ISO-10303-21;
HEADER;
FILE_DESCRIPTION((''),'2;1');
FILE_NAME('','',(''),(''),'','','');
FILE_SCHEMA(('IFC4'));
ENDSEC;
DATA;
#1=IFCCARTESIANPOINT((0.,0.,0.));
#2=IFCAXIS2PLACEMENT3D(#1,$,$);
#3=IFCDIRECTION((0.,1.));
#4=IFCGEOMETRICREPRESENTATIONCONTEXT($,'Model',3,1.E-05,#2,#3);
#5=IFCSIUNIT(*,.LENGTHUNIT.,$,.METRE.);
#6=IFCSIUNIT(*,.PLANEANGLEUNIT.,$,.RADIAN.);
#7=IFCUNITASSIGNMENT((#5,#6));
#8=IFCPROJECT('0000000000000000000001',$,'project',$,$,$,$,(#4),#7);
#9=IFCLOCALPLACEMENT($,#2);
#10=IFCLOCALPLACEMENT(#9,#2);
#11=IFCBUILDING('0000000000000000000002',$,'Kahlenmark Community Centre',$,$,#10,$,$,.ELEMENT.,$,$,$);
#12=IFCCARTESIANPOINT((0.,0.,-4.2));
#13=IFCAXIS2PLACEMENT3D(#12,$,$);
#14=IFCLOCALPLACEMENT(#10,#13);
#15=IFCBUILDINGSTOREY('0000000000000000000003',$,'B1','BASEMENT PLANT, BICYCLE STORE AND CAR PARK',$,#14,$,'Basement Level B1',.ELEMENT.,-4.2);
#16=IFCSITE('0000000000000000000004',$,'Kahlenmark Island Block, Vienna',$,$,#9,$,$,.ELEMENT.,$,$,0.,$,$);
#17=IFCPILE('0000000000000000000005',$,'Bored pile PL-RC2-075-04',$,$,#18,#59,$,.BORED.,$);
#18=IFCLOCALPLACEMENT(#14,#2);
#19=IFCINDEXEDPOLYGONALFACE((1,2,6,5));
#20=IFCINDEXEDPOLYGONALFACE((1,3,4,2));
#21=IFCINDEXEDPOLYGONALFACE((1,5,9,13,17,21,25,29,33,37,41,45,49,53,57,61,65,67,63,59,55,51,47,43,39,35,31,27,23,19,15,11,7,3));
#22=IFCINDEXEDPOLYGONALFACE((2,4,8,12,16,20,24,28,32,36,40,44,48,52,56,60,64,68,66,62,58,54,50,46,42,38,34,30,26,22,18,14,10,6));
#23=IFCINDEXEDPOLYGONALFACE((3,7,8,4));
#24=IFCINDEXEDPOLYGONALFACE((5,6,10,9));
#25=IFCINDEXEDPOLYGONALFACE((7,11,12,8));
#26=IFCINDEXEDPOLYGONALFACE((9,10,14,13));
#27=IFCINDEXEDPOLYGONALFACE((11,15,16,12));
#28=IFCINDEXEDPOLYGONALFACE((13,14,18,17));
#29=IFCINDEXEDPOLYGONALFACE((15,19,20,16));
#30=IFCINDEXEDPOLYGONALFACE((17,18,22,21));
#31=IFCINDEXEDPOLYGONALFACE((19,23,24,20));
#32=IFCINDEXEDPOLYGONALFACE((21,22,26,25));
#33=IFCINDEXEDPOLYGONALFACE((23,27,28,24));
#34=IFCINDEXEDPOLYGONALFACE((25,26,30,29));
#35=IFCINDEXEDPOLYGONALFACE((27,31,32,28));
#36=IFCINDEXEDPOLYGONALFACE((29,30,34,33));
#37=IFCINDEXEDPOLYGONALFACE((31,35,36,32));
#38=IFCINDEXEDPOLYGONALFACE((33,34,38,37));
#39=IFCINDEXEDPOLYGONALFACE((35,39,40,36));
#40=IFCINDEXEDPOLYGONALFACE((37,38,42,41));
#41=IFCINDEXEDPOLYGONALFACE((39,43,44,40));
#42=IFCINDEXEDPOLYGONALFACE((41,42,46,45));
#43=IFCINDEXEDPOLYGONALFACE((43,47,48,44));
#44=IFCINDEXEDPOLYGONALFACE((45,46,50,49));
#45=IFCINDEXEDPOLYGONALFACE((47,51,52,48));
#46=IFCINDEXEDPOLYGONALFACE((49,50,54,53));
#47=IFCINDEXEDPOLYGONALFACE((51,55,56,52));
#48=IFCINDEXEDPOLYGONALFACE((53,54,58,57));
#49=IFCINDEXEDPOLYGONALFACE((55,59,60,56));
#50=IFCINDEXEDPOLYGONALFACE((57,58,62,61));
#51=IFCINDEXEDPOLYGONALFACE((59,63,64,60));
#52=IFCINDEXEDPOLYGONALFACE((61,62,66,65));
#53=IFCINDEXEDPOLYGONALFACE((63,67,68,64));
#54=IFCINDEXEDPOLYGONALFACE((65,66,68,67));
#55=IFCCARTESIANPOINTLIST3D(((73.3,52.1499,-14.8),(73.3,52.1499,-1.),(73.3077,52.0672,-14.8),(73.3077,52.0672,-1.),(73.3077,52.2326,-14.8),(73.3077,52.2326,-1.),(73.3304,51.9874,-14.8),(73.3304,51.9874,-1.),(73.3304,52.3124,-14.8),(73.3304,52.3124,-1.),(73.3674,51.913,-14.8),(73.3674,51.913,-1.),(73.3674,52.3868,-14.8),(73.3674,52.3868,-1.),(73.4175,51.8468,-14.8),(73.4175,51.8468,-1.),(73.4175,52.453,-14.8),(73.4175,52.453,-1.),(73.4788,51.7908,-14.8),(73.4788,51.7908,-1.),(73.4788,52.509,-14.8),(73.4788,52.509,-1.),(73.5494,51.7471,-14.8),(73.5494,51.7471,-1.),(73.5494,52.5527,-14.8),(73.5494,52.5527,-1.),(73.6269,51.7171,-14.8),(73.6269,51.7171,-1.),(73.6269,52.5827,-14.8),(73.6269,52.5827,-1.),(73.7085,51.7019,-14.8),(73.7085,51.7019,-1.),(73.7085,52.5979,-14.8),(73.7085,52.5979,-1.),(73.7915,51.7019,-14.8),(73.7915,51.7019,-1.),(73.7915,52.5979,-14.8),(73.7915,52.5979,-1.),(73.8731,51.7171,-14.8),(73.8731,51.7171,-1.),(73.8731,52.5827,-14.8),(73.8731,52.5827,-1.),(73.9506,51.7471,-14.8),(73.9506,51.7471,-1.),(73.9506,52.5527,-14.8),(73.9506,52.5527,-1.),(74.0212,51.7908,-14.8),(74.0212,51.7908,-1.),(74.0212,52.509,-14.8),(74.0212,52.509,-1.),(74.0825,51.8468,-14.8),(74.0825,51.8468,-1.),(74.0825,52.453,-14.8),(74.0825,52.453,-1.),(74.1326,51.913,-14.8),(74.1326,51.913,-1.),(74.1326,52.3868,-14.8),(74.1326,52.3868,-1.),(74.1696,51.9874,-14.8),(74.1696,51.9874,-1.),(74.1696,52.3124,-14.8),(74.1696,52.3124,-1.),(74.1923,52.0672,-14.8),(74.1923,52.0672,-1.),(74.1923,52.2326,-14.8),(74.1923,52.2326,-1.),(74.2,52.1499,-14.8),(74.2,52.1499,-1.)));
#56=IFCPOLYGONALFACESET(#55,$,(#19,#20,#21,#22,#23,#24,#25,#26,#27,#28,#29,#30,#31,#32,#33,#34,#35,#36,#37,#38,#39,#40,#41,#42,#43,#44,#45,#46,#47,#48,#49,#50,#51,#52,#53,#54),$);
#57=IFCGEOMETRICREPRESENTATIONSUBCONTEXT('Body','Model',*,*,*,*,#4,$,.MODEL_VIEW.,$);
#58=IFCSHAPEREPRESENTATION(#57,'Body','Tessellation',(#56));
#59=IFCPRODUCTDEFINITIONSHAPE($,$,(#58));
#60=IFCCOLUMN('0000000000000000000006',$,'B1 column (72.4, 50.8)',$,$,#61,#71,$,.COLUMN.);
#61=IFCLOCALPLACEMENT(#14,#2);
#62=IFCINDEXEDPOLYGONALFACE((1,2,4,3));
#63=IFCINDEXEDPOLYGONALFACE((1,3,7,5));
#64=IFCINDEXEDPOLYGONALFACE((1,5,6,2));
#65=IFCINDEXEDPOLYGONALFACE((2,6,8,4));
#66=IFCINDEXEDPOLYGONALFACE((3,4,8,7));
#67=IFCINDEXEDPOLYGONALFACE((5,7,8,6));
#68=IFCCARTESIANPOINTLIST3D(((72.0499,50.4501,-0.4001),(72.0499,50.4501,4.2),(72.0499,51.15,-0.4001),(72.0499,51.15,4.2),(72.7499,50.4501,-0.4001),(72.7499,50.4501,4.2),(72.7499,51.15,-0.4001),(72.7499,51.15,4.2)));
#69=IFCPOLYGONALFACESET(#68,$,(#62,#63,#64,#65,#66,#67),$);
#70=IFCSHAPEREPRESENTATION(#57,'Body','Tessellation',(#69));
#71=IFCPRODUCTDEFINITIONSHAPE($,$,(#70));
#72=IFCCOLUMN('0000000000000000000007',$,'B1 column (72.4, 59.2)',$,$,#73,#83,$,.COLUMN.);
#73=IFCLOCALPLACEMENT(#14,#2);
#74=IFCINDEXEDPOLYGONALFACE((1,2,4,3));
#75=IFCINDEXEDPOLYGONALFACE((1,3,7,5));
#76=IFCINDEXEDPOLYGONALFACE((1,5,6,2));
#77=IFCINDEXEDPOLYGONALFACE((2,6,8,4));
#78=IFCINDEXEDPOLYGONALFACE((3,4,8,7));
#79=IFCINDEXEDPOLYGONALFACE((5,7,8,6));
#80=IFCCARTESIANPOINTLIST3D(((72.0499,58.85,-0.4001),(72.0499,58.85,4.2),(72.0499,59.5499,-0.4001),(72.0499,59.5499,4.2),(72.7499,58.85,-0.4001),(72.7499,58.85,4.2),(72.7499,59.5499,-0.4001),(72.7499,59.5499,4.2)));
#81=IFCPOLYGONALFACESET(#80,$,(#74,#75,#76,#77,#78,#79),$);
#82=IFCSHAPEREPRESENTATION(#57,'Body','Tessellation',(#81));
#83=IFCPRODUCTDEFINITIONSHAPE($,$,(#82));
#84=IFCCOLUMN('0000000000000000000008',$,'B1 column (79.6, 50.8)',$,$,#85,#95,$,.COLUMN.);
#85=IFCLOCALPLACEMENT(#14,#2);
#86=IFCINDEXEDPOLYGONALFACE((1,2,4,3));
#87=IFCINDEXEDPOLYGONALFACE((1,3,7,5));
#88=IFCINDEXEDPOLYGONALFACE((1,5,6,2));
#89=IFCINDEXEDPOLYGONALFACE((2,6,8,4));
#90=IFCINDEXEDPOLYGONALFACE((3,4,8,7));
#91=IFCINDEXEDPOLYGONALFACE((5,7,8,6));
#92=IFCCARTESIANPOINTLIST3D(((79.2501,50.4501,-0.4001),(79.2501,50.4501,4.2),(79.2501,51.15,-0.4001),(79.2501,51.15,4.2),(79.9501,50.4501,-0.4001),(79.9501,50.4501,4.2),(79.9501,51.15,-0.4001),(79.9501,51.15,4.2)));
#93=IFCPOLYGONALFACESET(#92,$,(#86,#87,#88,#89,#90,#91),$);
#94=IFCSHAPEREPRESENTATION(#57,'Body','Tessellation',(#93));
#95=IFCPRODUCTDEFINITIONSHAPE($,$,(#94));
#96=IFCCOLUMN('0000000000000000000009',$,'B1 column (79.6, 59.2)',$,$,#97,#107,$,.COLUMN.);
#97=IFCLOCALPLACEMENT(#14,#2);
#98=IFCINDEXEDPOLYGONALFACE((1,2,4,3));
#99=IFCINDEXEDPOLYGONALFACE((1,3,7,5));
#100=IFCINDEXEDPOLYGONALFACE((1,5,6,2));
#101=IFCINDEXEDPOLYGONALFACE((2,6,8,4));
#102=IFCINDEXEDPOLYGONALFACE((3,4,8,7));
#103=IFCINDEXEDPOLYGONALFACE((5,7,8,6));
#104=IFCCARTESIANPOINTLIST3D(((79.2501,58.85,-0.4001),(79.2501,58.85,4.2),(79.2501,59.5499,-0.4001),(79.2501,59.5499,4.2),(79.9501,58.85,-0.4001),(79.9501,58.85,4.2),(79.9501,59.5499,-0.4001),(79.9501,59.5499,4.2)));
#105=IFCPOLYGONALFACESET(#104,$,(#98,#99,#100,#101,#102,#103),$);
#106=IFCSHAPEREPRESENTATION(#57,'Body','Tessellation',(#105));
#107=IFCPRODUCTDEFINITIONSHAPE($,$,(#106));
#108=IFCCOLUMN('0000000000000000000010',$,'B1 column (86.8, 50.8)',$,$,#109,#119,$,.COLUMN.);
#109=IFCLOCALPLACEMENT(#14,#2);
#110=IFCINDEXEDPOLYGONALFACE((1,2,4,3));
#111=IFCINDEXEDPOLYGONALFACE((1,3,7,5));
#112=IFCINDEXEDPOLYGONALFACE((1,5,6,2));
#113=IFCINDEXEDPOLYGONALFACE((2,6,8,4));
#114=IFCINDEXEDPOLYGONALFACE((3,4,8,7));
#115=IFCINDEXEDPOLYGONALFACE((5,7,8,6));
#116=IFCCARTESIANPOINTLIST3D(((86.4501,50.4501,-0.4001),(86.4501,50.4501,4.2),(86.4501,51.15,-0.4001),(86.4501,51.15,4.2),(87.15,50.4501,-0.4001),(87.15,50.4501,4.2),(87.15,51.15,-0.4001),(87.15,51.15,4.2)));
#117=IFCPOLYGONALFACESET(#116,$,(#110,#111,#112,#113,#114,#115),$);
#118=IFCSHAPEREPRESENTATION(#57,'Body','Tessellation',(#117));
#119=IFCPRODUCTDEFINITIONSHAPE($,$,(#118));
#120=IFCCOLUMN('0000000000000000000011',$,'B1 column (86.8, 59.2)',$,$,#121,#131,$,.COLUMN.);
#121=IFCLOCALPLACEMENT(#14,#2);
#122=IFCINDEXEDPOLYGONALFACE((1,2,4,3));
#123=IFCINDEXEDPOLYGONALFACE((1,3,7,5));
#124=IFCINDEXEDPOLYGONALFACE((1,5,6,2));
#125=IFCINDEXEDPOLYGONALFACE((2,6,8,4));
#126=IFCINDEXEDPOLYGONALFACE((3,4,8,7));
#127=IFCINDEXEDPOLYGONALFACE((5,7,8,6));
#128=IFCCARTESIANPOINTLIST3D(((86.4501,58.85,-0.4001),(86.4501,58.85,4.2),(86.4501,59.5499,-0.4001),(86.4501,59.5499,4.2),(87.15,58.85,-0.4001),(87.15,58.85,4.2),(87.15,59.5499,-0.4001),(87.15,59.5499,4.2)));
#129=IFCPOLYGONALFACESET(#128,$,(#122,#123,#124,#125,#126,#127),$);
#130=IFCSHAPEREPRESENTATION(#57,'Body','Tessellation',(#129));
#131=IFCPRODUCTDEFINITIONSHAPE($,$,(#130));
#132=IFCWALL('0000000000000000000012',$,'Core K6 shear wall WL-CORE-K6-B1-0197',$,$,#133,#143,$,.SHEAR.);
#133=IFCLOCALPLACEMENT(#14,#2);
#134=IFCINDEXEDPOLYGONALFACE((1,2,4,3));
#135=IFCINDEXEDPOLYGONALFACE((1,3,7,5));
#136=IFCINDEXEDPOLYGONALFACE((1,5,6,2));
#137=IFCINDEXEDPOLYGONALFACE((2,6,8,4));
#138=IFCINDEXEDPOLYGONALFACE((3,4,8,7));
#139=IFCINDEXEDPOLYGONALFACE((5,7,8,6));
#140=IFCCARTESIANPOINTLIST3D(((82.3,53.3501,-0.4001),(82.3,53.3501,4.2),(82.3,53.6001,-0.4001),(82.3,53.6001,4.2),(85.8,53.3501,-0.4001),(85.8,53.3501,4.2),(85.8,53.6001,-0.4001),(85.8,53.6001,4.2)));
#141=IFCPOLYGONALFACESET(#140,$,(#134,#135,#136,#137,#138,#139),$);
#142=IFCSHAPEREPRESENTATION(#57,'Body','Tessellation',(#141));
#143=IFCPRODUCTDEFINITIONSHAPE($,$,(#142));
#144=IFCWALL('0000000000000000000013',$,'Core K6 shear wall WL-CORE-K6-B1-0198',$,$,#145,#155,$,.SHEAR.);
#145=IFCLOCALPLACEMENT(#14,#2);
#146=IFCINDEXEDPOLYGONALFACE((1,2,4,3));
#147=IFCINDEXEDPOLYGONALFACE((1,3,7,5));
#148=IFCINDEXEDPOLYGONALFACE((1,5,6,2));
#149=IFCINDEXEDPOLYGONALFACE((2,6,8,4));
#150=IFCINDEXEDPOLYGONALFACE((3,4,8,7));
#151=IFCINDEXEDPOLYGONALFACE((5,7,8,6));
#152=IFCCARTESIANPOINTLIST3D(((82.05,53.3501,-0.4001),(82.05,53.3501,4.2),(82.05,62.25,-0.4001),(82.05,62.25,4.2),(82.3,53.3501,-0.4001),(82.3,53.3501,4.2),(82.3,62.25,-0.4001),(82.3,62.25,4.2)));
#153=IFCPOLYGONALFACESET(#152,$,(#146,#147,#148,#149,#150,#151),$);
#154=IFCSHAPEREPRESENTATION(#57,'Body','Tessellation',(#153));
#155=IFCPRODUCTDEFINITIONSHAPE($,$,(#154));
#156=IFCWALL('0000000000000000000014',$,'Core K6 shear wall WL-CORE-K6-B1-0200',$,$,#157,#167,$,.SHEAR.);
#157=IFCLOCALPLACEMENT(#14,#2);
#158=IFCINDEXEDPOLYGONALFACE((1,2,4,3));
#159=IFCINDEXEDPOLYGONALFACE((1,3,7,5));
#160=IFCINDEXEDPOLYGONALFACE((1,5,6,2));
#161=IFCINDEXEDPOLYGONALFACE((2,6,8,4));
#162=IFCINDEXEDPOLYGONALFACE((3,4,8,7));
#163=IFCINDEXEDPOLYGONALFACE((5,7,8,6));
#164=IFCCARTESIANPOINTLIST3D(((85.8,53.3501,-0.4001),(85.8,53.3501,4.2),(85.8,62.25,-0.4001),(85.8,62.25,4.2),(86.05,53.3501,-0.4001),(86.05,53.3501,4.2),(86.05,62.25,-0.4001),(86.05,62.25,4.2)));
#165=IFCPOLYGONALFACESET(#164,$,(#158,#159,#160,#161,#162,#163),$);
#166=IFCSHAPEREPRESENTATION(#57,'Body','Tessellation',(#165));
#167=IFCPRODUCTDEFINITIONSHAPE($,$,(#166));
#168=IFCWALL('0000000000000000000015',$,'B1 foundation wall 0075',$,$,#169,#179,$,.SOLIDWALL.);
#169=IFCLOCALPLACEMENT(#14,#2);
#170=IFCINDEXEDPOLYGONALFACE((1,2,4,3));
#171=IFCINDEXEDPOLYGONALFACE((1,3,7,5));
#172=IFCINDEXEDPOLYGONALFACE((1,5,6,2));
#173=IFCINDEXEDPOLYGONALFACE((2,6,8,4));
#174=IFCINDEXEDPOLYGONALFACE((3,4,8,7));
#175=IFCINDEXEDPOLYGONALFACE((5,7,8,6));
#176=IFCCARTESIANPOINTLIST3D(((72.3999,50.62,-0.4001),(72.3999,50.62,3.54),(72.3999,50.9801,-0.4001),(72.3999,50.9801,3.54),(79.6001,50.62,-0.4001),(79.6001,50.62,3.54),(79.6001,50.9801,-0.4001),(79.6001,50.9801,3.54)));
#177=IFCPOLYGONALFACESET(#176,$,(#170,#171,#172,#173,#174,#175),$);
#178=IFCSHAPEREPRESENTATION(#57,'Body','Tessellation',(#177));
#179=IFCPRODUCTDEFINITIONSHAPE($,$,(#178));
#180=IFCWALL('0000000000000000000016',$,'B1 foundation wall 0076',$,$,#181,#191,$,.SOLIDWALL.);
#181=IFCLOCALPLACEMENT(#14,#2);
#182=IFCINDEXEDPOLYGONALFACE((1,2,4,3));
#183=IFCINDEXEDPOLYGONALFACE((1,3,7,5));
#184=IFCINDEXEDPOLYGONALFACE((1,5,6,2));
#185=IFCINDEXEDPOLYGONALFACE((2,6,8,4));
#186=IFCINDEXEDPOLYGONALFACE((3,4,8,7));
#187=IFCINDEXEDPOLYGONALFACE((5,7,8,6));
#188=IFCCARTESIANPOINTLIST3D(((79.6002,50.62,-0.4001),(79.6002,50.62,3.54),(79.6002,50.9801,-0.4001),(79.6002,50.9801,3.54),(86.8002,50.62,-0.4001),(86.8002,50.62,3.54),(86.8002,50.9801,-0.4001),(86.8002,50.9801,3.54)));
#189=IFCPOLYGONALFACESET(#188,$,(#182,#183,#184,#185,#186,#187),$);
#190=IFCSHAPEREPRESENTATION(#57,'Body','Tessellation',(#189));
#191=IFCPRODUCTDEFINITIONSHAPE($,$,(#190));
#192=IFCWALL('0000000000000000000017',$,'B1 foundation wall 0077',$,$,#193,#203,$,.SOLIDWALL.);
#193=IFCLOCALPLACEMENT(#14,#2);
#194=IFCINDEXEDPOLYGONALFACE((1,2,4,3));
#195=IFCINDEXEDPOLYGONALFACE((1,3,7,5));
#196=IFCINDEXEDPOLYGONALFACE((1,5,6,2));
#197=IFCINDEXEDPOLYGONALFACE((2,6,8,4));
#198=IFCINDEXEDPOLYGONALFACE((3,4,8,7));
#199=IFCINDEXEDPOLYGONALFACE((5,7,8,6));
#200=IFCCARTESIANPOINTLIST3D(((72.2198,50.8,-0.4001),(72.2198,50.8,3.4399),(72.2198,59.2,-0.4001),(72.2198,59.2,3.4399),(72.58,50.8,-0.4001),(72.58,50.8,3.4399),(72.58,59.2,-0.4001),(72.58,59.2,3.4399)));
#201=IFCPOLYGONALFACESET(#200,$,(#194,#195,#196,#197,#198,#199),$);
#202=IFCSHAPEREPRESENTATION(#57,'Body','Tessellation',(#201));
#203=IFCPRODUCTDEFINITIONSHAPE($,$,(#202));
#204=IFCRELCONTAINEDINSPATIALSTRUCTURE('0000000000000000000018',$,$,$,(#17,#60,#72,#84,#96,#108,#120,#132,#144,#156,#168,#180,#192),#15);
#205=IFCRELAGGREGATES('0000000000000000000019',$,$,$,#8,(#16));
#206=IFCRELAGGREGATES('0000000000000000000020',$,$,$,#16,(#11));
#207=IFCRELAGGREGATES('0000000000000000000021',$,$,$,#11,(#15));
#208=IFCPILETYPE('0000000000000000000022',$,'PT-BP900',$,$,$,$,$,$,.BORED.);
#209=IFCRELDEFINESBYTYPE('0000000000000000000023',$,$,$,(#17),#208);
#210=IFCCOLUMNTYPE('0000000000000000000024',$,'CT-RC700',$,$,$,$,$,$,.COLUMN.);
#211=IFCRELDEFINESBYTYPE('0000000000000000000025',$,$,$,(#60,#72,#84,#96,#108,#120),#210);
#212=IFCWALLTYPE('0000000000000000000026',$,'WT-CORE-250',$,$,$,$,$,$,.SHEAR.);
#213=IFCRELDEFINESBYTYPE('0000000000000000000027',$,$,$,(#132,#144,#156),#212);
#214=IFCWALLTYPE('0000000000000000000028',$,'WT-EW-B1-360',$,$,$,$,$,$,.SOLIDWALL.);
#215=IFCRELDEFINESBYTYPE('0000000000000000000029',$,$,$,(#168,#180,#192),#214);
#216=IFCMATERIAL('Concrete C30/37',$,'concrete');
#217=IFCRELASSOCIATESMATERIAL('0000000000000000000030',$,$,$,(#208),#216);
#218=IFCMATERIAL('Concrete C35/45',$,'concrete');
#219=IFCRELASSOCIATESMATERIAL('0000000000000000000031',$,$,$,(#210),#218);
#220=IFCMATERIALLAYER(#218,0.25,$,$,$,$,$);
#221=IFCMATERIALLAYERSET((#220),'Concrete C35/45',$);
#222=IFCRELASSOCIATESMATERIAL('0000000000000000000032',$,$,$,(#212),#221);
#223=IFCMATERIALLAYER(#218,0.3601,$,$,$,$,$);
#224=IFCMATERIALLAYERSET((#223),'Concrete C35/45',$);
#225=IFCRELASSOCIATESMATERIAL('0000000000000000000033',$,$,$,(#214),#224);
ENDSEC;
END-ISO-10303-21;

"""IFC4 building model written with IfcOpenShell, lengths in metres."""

from ifc_helpers import new_model, si_unit, direction, frame, frame_2d, origin, origin_2d, place, context, subcontext, project, spatial, rectangle, circle, extrude, material, layer, layer_set, material_profile, profile_set, type_object, element, save


model = new_model("IFC4")

# Units and contexts
model_context = context("Model", 3, precision=1e-05, world=origin(), true_north=direction((0.0, 1.0)))
body_context = subcontext(model_context, "Body", "Model", "MODEL_VIEW")
ifc_project = project(units=[si_unit("LENGTHUNIT", "METRE"), si_unit("PLANEANGLEUNIT", "RADIAN")], contexts=[model_context])

# Site, building, storey
site_placement = place(None, origin())
site = spatial("IfcSite", under=ifc_project, at=site_placement, Name="Kahlenmark Island Block, Vienna", CompositionType="ELEMENT", RefElevation=0.0)
building_placement = place(site_placement, origin())
building = spatial("IfcBuilding", under=site, at=building_placement, Name="Kahlenmark Community Centre", CompositionType="ELEMENT")
storey_placement = place(building_placement, frame((0.0, 0.0, -4.2)))
storey = spatial("IfcBuildingStorey", under=building, at=storey_placement, Name="B1", Description="BASEMENT PLANT, BICYCLE STORE AND CAR PARK", LongName="Basement Level B1", CompositionType="ELEMENT", Elevation=-4.2)

# Shared definitions
ifc_material_1 = material(Name="Concrete C30/37", Category="concrete")

# Pile
ifc_material_profile_1 = material_profile(ifc_material_1, circle(Radius=0.45, at=origin_2d()), Name="BORED PILE 900")
ifc_profile_set_1 = profile_set([ifc_material_profile_1], Name="Concrete C30/37")
pile_type_1 = type_object("IfcPileType", Name="PT-BP900", PredefinedType="BORED", material=ifc_profile_set_1)
for number, where, z_axis, x_axis, name in (
    (1, (73.75, 52.1499, -1.0), (0.0, 0.0, -1.0), (1.0, 0.0, 0.0), "Bored pile PL-RC2-075-04"),
):
    element("IfcPile", number, at=place(storey_placement, frame(where, z_axis=z_axis, x_axis=x_axis)), inside=storey, type_object=pile_type_1, Name=name, PredefinedType="BORED", context=body_context, shape_type="SweptSolid", body=[
        extrude(circle(Radius=0.45, at=origin_2d()), origin(), (0.0, 0.0, 1.0), 13.8),
    ])

# Columns
ifc_material_2 = material(Name="Concrete C35/45", Category="concrete")
ifc_material_profile_2 = material_profile(ifc_material_2, rectangle(XDim=0.7, YDim=0.7, at=origin_2d()), Name="RC 700x700")
ifc_profile_set_2 = profile_set([ifc_material_profile_2], Name="Concrete C35/45")
column_type = type_object("IfcColumnType", Name="CT-RC700", PredefinedType="COLUMN", material=ifc_profile_set_2)
for number, where, z_axis, x_axis, name in (
    (2, (72.3999, 50.8, -0.4001), (0.0, 0.0, 1.0), (1.0, 0.0, 0.0), "B1 column (72.4, 50.8)"),
    (3, (72.3999, 59.2, -0.4001), (0.0, 0.0, 1.0), (1.0, 0.0, 0.0), "B1 column (72.4, 59.2)"),
    (4, (79.6001, 50.8, -0.4001), (0.0, 0.0, 1.0), (1.0, 0.0, 0.0), "B1 column (79.6, 50.8)"),
    (5, (79.6001, 59.2, -0.4001), (0.0, 0.0, 1.0), (1.0, 0.0, 0.0), "B1 column (79.6, 59.2)"),
    (6, (86.8, 50.8, -0.4001), (0.0, 0.0, 1.0), (1.0, 0.0, 0.0), "B1 column (86.8, 50.8)"),
    (7, (86.8, 59.2, -0.4001), (0.0, 0.0, 1.0), (1.0, 0.0, 0.0), "B1 column (86.8, 59.2)"),
):
    element("IfcColumn", number, at=place(storey_placement, frame(where, z_axis=z_axis, x_axis=x_axis)), inside=storey, type_object=column_type, Name=name, PredefinedType="COLUMN", context=body_context, shape_type="SweptSolid", body=[
        extrude(rectangle(XDim=0.7, YDim=0.7, at=origin_2d()), origin(), (0.0, 0.0, 1.0), 4.6001),
    ])

# Walls
ifc_layer_1 = layer(ifc_material_2, 0.25)
ifc_layer_set_1 = layer_set([ifc_layer_1], Name="Concrete C35/45")
wall_type_1 = type_object("IfcWallType", Name="WT-CORE-250", PredefinedType="SHEAR", material=ifc_layer_set_1)
wall_1_placement = place(storey_placement, frame((82.3, 53.4751, -0.4001), z_axis=(0.0, 0.0, 1.0), x_axis=(1.0, 0.0, 0.0)))
element("IfcWall", 8, at=wall_1_placement, inside=storey, type_object=wall_type_1, Name="Core K6 shear wall WL-CORE-K6-B1-0197", PredefinedType="SHEAR", context=body_context, shape_type="SweptSolid", body=[
    extrude(rectangle(XDim=3.5, YDim=0.25, at=frame_2d((1.75, 0.0))), origin(), (0.0, 0.0, 1.0), 4.6001),
])
for number, where, z_axis, x_axis, name in (
    (9, (82.175, 53.3501, -0.4001), (0.0, 0.0, 1.0), (0.0, 1.0, 0.0), "Core K6 shear wall WL-CORE-K6-B1-0198"),
    (10, (85.925, 53.3501, -0.4001), (0.0, 0.0, 1.0), (0.0, 1.0, 0.0), "Core K6 shear wall WL-CORE-K6-B1-0200"),
):
    element("IfcWall", number, at=place(storey_placement, frame(where, z_axis=z_axis, x_axis=x_axis)), inside=storey, type_object=wall_type_1, Name=name, PredefinedType="SHEAR", context=body_context, shape_type="SweptSolid", body=[
        extrude(rectangle(XDim=8.8999, YDim=0.25, at=frame_2d((4.45, 0.0))), origin(), (0.0, 0.0, 1.0), 4.6001),
    ])
ifc_layer_2 = layer(ifc_material_2, 0.3601)
ifc_layer_set_2 = layer_set([ifc_layer_2], Name="Concrete C35/45")
wall_type_2 = type_object("IfcWallType", Name="WT-EW-B1-360", PredefinedType="SOLIDWALL", material=ifc_layer_set_2)
wall_2_placement = place(storey_placement, frame((72.3999, 50.8, -0.4001), z_axis=(0.0, 0.0, 1.0), x_axis=(1.0, 0.0, 0.0)))
element("IfcWall", 11, at=wall_2_placement, inside=storey, type_object=wall_type_2, Name="B1 foundation wall 0075", PredefinedType="SOLIDWALL", context=body_context, shape_type="SweptSolid", body=[
    extrude(rectangle(XDim=7.2002, YDim=0.3601, at=frame_2d((3.6001, 0.0))), origin(), (0.0, 0.0, 1.0), 3.9402),
])
wall_3_placement = place(storey_placement, frame((79.6001, 50.8, -0.4001), z_axis=(0.0, 0.0, 1.0), x_axis=(1.0, 0.0, 0.0)))
element("IfcWall", 12, at=wall_3_placement, inside=storey, type_object=wall_type_2, Name="B1 foundation wall 0076", PredefinedType="SOLIDWALL", context=body_context, shape_type="SweptSolid", body=[
    extrude(rectangle(XDim=7.2, YDim=0.3601, at=frame_2d((3.6001, 0.0))), origin(), (0.0, 0.0, 1.0), 3.9402),
])
wall_4_placement = place(storey_placement, frame((72.3999, 50.8, -0.4001), z_axis=(0.0, 0.0, 1.0), x_axis=(0.0, 1.0, 0.0)))
element("IfcWall", 13, at=wall_4_placement, inside=storey, type_object=wall_type_2, Name="B1 foundation wall 0077", PredefinedType="SOLIDWALL", context=body_context, shape_type="SweptSolid", body=[
    extrude(rectangle(XDim=8.3999, YDim=0.3601, at=frame_2d((4.2, 0.0))), origin(), (0.0, 0.0, 1.0), 3.8401),
])

save(model, "model.ifc")
